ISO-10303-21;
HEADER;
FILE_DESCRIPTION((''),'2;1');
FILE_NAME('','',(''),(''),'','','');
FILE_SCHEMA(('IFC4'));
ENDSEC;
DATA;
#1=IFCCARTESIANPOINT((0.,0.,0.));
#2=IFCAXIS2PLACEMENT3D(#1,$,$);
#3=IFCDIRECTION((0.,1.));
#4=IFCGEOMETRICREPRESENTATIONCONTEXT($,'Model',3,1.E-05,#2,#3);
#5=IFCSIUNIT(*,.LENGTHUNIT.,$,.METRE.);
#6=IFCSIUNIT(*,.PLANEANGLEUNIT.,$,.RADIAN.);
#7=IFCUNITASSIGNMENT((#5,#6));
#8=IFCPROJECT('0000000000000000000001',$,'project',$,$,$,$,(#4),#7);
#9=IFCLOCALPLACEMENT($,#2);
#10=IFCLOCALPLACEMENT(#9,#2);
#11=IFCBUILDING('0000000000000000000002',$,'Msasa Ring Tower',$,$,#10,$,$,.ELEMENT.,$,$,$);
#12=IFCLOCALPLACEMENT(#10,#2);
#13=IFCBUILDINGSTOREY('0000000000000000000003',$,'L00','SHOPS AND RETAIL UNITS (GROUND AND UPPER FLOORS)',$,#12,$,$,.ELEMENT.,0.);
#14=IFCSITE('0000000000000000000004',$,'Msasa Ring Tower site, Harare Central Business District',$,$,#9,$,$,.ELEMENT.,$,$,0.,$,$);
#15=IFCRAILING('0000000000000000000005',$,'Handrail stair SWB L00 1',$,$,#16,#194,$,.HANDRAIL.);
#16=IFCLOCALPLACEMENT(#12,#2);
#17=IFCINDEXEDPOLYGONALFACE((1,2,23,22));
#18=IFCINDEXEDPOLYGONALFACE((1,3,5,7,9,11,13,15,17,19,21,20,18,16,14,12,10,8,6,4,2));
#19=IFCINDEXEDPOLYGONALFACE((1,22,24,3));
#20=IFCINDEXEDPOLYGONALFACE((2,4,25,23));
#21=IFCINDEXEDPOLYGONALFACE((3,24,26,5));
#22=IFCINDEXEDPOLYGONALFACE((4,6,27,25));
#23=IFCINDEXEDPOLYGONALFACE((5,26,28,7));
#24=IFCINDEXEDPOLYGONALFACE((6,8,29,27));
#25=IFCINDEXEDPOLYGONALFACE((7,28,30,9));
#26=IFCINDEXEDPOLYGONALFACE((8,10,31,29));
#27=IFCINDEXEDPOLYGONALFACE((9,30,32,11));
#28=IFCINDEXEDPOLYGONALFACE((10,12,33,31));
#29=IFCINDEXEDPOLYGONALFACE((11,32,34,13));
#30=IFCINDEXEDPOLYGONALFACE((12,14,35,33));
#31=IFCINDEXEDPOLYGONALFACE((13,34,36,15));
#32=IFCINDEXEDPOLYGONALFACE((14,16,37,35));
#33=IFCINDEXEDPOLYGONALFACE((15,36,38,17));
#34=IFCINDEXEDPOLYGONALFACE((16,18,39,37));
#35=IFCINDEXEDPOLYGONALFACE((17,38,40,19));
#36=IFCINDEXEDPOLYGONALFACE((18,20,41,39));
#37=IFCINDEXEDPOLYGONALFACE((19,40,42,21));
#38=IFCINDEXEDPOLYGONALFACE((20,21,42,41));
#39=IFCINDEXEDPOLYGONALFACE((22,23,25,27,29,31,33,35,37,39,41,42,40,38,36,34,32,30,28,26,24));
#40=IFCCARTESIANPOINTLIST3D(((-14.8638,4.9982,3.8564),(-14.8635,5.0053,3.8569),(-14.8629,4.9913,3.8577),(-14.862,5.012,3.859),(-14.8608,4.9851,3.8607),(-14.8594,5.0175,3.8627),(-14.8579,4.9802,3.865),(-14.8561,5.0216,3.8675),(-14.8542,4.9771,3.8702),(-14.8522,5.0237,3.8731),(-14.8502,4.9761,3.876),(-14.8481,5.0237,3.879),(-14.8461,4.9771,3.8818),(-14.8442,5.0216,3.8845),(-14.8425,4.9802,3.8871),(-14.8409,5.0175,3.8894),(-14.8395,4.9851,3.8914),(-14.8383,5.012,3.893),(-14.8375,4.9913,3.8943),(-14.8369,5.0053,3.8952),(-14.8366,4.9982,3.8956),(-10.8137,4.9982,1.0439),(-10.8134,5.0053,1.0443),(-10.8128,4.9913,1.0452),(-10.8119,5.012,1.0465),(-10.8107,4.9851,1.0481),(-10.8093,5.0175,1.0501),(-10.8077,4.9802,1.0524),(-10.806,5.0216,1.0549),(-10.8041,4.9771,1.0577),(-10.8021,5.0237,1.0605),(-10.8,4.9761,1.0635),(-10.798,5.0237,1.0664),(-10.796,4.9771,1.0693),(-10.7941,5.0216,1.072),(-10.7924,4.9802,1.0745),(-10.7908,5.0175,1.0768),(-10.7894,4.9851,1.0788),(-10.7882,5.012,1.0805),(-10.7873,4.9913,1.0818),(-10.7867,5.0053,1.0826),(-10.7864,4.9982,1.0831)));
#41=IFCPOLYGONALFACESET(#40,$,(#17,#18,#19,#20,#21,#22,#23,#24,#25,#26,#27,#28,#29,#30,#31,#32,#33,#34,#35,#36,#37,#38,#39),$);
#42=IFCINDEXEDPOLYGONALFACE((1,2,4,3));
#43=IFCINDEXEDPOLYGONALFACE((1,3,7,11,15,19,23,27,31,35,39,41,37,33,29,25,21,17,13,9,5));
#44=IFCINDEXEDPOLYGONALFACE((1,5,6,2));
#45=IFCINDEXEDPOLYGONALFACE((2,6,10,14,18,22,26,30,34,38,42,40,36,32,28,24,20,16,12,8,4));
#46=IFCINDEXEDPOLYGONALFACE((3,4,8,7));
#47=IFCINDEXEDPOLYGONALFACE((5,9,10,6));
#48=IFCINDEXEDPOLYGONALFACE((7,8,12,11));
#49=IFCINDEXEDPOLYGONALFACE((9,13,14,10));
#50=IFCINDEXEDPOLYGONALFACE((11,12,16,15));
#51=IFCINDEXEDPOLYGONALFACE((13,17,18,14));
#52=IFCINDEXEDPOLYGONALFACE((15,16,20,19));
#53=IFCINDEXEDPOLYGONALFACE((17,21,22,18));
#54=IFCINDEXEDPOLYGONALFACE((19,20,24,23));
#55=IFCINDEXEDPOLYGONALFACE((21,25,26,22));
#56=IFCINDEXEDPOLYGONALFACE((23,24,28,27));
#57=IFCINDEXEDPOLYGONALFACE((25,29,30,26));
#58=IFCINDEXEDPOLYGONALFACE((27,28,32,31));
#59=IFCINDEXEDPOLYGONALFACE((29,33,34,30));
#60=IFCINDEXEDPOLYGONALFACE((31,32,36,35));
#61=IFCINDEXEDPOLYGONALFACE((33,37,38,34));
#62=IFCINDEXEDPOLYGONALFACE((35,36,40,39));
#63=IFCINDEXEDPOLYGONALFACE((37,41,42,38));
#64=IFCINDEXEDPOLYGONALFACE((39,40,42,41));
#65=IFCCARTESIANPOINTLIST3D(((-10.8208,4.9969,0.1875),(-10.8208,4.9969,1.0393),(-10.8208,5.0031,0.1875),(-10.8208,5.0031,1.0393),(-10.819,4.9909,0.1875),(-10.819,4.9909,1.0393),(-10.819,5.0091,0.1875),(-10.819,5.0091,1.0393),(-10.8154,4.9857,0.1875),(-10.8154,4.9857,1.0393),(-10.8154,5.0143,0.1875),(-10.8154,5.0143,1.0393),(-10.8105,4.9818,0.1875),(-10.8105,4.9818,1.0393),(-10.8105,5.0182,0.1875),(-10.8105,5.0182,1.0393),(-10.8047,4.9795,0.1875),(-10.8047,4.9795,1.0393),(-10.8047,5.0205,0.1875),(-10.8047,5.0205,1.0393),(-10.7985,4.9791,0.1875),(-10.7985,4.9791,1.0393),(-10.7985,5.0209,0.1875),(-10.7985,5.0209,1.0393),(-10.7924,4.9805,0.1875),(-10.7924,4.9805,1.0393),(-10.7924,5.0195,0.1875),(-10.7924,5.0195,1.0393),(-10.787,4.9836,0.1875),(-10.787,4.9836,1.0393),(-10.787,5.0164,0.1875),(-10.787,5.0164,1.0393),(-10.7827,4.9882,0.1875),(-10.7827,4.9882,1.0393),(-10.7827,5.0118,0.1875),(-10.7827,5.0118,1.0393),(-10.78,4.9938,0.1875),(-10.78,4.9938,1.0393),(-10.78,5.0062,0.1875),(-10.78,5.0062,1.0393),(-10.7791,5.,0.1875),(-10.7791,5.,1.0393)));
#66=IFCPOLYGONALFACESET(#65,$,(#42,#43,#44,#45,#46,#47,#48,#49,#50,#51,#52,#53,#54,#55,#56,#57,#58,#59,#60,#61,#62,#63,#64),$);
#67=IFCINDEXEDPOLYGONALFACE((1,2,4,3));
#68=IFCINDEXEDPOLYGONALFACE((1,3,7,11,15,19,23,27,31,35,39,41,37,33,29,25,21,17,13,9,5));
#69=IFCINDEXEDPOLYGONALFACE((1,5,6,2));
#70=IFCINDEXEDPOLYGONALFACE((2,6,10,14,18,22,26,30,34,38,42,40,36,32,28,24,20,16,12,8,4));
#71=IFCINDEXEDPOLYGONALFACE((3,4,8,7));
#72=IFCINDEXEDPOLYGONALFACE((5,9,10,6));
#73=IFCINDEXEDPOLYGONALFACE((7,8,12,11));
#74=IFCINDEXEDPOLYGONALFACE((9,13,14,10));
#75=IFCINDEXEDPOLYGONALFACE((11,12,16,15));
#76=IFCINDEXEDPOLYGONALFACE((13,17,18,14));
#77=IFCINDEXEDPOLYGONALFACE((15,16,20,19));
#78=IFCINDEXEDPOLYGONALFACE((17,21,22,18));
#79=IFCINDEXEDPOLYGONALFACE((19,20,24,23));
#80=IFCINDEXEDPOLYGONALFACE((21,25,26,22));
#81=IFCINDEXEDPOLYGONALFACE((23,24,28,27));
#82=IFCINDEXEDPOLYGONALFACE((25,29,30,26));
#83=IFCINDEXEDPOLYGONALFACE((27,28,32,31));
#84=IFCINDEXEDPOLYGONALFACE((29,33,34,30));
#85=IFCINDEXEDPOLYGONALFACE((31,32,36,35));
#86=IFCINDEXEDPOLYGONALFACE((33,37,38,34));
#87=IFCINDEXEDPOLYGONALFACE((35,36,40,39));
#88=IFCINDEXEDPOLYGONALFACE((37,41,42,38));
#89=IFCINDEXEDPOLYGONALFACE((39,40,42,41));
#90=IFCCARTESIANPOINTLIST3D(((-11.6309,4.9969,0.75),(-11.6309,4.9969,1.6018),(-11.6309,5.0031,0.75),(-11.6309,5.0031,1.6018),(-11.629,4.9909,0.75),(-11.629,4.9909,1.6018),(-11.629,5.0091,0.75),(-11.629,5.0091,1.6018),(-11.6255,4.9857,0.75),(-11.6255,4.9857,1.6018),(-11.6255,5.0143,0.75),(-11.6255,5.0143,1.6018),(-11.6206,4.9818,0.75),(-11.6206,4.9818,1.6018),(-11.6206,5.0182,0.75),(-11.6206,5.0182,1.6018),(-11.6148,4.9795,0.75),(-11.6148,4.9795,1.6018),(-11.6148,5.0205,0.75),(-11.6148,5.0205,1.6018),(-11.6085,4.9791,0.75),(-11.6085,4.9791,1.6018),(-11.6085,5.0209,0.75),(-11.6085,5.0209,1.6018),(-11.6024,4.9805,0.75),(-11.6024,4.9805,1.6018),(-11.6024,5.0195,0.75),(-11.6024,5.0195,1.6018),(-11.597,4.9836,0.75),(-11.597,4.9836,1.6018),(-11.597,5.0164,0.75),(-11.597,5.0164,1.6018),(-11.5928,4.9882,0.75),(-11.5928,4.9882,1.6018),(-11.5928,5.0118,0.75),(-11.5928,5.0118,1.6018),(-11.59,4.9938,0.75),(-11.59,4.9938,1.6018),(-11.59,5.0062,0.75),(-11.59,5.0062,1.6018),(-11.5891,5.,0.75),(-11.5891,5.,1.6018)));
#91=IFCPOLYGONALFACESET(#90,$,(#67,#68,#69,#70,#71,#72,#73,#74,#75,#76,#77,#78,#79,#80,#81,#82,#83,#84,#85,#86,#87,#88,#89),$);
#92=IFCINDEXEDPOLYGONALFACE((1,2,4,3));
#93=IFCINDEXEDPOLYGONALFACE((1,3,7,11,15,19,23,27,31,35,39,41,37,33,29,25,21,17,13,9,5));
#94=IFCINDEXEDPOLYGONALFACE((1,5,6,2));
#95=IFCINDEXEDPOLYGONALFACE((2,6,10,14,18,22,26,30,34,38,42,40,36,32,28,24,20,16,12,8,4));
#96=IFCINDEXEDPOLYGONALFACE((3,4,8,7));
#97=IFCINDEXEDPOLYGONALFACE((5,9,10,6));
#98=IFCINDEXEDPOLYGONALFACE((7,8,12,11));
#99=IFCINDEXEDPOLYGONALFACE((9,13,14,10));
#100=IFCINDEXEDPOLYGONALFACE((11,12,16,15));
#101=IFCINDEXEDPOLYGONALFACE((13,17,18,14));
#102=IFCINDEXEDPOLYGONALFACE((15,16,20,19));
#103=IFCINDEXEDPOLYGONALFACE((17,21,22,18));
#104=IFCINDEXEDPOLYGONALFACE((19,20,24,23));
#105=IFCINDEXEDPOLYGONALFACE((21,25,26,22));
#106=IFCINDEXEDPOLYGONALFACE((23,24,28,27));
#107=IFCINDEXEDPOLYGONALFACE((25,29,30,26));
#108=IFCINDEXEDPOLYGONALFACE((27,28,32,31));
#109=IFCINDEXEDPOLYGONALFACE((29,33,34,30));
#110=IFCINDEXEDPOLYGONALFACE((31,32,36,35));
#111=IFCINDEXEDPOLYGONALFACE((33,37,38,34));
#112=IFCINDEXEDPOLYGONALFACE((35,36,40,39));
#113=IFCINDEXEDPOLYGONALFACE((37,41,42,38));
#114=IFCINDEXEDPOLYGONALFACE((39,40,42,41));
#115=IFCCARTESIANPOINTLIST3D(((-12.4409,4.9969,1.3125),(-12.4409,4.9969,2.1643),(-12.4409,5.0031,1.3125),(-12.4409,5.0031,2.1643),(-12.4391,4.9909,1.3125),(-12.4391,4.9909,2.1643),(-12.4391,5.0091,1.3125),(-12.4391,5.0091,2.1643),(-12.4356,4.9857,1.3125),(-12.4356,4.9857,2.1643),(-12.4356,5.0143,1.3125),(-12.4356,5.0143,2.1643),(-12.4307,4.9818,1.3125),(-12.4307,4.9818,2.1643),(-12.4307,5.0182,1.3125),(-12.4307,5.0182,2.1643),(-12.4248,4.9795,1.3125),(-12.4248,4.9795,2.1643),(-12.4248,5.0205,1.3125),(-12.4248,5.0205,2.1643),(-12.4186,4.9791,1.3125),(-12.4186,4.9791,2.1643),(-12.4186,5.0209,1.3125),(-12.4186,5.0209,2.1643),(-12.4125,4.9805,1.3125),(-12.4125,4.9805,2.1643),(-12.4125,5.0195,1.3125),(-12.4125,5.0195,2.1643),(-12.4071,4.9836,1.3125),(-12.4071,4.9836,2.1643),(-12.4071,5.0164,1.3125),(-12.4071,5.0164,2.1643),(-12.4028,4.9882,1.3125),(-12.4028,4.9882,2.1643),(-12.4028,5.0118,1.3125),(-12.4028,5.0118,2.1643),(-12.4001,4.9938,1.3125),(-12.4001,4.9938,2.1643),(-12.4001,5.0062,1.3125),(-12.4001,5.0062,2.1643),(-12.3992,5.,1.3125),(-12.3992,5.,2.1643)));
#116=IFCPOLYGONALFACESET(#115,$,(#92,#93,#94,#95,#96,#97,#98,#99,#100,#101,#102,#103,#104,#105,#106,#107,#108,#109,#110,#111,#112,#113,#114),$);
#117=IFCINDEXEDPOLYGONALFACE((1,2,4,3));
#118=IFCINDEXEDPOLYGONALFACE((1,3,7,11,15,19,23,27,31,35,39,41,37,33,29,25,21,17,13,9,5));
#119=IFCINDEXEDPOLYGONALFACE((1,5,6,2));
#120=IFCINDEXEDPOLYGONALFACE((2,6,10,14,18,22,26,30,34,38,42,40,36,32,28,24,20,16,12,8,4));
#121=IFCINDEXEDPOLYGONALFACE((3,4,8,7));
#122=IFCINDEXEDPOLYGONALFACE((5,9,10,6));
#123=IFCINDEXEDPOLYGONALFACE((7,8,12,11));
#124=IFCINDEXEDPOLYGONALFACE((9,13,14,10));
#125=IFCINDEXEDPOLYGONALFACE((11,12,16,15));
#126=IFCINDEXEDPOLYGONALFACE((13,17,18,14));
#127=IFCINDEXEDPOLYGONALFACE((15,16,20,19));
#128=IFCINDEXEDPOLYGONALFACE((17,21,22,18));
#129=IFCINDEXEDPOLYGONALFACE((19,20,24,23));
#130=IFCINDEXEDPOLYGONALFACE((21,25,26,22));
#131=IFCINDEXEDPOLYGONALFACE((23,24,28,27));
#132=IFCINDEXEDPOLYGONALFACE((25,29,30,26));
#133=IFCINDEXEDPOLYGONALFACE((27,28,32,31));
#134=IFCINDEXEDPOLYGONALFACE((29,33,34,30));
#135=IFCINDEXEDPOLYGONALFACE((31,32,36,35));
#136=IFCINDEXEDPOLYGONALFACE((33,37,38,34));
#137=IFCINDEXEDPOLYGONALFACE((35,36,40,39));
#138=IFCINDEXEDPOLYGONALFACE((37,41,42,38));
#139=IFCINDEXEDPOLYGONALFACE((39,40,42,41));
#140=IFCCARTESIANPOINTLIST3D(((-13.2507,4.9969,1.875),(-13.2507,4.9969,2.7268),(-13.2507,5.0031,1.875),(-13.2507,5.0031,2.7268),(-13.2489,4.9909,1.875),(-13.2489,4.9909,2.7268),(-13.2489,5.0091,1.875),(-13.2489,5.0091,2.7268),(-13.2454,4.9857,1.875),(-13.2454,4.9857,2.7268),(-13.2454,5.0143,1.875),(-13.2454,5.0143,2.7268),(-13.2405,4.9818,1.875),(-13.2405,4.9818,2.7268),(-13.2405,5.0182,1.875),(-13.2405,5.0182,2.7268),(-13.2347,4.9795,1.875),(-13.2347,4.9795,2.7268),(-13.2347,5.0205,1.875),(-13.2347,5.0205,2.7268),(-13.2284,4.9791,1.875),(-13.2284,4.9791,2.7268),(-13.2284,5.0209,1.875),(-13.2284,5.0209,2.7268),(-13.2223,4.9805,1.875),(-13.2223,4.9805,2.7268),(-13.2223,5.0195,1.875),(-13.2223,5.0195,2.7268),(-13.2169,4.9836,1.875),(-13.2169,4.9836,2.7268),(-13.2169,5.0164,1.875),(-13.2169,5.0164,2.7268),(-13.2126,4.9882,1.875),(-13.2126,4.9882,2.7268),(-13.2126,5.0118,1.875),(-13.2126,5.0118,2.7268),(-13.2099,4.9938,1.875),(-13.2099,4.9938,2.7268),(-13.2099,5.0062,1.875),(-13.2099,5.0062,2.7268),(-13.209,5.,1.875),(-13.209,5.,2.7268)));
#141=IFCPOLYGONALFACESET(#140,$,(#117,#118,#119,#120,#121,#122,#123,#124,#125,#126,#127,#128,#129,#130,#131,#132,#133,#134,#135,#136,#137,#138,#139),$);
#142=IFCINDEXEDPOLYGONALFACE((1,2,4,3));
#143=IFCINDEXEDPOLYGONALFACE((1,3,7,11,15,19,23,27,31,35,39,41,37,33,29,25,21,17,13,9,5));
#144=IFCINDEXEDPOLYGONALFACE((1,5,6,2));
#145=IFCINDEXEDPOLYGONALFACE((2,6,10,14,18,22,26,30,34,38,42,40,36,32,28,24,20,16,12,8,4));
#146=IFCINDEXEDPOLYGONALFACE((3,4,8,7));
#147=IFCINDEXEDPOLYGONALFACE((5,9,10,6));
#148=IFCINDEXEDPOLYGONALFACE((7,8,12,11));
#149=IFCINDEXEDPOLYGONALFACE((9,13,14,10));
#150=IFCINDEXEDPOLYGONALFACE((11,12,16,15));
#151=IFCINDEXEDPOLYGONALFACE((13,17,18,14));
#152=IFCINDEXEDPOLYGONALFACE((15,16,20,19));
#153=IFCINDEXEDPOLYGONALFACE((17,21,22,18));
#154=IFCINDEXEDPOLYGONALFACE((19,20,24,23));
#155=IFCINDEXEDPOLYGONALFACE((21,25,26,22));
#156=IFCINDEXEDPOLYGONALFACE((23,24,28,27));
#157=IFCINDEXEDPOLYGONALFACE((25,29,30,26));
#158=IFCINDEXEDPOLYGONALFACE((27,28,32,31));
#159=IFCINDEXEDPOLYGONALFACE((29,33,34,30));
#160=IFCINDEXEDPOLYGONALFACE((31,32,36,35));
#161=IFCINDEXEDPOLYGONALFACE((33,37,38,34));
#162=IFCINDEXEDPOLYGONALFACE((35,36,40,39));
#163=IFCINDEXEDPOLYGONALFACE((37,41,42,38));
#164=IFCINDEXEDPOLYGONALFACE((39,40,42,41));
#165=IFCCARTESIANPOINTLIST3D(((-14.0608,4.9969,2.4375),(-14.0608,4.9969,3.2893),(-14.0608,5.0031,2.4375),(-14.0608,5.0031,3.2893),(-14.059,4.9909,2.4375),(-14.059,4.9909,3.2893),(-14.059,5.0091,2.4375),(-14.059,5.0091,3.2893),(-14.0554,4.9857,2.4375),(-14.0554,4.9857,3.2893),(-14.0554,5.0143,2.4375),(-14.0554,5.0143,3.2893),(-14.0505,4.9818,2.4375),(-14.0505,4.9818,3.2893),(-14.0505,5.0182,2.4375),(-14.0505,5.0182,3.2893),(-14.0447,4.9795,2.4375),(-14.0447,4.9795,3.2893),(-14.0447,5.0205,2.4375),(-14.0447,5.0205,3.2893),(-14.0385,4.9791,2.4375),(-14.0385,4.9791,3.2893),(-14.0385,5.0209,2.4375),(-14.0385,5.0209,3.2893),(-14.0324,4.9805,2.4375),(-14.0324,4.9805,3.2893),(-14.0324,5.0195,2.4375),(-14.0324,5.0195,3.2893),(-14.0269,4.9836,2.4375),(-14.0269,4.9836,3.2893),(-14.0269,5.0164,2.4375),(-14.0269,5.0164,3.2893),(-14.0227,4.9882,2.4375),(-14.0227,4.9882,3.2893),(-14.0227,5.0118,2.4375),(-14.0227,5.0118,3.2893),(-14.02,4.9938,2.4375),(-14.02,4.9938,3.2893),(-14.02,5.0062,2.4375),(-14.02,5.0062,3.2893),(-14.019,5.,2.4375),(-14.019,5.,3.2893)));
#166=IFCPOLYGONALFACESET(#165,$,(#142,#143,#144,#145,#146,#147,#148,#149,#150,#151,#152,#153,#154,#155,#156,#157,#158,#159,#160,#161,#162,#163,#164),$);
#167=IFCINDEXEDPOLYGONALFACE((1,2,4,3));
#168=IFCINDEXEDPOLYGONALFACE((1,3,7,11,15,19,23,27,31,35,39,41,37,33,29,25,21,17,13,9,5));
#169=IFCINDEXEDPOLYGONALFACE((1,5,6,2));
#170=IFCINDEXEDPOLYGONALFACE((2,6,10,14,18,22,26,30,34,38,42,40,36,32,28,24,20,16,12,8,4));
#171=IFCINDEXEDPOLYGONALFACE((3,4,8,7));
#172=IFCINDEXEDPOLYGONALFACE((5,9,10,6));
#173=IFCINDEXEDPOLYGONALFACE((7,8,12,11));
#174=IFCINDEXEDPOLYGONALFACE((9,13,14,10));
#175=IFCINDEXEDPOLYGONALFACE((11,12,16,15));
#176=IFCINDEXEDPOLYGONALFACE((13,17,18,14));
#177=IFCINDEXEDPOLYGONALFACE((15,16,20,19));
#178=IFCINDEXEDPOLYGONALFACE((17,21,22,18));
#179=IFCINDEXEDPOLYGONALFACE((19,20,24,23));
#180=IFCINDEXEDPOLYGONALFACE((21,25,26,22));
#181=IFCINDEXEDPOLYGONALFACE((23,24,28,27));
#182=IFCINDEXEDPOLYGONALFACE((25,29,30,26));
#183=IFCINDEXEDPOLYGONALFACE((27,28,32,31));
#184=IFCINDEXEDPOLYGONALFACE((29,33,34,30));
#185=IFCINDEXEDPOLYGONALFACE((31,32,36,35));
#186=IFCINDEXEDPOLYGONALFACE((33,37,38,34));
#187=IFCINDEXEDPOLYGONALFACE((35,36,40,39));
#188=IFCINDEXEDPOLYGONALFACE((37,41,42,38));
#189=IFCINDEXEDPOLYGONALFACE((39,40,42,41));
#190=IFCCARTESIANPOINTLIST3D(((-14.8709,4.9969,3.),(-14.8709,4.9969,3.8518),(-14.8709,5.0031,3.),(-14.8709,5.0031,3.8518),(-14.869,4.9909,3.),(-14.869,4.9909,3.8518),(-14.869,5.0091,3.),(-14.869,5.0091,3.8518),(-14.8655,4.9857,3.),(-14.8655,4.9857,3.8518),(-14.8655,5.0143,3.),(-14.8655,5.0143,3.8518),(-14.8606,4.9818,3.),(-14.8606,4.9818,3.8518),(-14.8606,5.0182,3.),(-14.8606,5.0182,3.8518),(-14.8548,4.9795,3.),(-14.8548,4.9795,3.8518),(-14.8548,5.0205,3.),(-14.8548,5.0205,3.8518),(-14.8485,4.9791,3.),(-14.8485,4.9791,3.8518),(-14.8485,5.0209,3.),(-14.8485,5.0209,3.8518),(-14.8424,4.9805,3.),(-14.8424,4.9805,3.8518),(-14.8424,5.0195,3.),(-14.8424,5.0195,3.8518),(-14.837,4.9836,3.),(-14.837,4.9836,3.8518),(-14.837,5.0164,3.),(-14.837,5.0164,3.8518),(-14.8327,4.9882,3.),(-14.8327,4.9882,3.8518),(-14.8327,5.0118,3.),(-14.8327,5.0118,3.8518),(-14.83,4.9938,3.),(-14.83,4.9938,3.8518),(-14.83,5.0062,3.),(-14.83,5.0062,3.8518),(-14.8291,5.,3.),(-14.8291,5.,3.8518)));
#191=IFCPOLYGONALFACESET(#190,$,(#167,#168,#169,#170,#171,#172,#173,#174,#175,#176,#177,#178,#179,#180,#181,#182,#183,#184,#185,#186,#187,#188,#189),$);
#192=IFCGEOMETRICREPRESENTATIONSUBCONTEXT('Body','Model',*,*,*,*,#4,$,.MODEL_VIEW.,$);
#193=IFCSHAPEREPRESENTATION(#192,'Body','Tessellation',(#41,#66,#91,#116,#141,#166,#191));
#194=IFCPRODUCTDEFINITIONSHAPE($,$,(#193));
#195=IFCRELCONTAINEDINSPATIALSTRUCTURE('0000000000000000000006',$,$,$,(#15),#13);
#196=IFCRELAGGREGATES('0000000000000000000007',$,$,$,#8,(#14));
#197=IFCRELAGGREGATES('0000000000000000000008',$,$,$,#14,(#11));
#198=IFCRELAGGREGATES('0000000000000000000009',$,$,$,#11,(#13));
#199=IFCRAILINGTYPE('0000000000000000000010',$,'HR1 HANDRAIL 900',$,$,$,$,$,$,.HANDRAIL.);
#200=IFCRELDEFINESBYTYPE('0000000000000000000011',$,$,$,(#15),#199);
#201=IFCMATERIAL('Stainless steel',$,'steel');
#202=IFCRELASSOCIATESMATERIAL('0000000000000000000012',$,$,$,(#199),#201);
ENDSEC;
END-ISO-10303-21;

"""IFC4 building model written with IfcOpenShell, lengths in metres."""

from ifc_helpers import new_model, si_unit, direction, frame, origin, origin_2d, place, context, subcontext, project, spatial, circle, extrude, material, type_object, element, save


model = new_model("IFC4")

# Units and contexts
model_context = context("Model", 3, precision=1e-05, world=origin(), true_north=direction((0.0, 1.0)))
body_context = subcontext(model_context, "Body", "Model", "MODEL_VIEW")
ifc_project = project(units=[si_unit("LENGTHUNIT", "METRE"), si_unit("PLANEANGLEUNIT", "RADIAN")], contexts=[model_context])

# Site, building, storey
site_placement = place(None, origin())
site = spatial("IfcSite", under=ifc_project, at=site_placement, Name="Msasa Ring Tower site, Harare Central Business District", CompositionType="ELEMENT", RefElevation=0.0)
building_placement = place(site_placement, origin())
building = spatial("IfcBuilding", under=site, at=building_placement, Name="Msasa Ring Tower", CompositionType="ELEMENT")
storey_placement = place(building_placement, origin())
storey = spatial("IfcBuildingStorey", under=building, at=storey_placement, Name="L00", Description="SHOPS AND RETAIL UNITS (GROUND AND UPPER FLOORS)", CompositionType="ELEMENT", Elevation=0.0)

# Railing
ifc_material_1 = material(Name="Stainless steel", Category="steel")
railing_type = type_object("IfcRailingType", Name="HR1 HANDRAIL 900", PredefinedType="HANDRAIL", material=ifc_material_1)
for number, where, name in (
    (1, (-10.8, 5.0, 0.1875), "Handrail stair SWB L00 1"),
):
    element("IfcRailing", number, at=place(storey_placement, frame(where)), inside=storey, type_object=railing_type, Name=name, PredefinedType="HANDRAIL", context=body_context, shape_type="SweptSolid", body=[
        extrude(circle(Radius=0.0239, at=origin_2d()), frame((0.0, 0.0, 0.876), z_axis=(-0.821373, 0.0, 0.570391), x_axis=(0.0, -1.0, 0.0)), (0.0, 0.0, 1.0), 4.9309),
        extrude(circle(Radius=0.021, at=origin_2d()), origin(), (0.0, 0.0, 1.0), 0.8518),
        extrude(circle(Radius=0.021, at=origin_2d()), frame((-0.8101, 0.0, 0.5625)), (0.0, 0.0, 1.0), 0.8518),
        extrude(circle(Radius=0.021, at=origin_2d()), frame((-1.6201, 0.0, 1.125)), (0.0, 0.0, 1.0), 0.8518),
        extrude(circle(Radius=0.021, at=origin_2d()), frame((-2.4299, 0.0, 1.6875)), (0.0, 0.0, 1.0), 0.8518),
        extrude(circle(Radius=0.021, at=origin_2d()), frame((-3.24, 0.0, 2.25)), (0.0, 0.0, 1.0), 0.8518),
        extrude(circle(Radius=0.021, at=origin_2d()), frame((-4.05, 0.0, 2.8125)), (0.0, 0.0, 1.0), 0.8518),
    ])

save(model, "model.ifc")
